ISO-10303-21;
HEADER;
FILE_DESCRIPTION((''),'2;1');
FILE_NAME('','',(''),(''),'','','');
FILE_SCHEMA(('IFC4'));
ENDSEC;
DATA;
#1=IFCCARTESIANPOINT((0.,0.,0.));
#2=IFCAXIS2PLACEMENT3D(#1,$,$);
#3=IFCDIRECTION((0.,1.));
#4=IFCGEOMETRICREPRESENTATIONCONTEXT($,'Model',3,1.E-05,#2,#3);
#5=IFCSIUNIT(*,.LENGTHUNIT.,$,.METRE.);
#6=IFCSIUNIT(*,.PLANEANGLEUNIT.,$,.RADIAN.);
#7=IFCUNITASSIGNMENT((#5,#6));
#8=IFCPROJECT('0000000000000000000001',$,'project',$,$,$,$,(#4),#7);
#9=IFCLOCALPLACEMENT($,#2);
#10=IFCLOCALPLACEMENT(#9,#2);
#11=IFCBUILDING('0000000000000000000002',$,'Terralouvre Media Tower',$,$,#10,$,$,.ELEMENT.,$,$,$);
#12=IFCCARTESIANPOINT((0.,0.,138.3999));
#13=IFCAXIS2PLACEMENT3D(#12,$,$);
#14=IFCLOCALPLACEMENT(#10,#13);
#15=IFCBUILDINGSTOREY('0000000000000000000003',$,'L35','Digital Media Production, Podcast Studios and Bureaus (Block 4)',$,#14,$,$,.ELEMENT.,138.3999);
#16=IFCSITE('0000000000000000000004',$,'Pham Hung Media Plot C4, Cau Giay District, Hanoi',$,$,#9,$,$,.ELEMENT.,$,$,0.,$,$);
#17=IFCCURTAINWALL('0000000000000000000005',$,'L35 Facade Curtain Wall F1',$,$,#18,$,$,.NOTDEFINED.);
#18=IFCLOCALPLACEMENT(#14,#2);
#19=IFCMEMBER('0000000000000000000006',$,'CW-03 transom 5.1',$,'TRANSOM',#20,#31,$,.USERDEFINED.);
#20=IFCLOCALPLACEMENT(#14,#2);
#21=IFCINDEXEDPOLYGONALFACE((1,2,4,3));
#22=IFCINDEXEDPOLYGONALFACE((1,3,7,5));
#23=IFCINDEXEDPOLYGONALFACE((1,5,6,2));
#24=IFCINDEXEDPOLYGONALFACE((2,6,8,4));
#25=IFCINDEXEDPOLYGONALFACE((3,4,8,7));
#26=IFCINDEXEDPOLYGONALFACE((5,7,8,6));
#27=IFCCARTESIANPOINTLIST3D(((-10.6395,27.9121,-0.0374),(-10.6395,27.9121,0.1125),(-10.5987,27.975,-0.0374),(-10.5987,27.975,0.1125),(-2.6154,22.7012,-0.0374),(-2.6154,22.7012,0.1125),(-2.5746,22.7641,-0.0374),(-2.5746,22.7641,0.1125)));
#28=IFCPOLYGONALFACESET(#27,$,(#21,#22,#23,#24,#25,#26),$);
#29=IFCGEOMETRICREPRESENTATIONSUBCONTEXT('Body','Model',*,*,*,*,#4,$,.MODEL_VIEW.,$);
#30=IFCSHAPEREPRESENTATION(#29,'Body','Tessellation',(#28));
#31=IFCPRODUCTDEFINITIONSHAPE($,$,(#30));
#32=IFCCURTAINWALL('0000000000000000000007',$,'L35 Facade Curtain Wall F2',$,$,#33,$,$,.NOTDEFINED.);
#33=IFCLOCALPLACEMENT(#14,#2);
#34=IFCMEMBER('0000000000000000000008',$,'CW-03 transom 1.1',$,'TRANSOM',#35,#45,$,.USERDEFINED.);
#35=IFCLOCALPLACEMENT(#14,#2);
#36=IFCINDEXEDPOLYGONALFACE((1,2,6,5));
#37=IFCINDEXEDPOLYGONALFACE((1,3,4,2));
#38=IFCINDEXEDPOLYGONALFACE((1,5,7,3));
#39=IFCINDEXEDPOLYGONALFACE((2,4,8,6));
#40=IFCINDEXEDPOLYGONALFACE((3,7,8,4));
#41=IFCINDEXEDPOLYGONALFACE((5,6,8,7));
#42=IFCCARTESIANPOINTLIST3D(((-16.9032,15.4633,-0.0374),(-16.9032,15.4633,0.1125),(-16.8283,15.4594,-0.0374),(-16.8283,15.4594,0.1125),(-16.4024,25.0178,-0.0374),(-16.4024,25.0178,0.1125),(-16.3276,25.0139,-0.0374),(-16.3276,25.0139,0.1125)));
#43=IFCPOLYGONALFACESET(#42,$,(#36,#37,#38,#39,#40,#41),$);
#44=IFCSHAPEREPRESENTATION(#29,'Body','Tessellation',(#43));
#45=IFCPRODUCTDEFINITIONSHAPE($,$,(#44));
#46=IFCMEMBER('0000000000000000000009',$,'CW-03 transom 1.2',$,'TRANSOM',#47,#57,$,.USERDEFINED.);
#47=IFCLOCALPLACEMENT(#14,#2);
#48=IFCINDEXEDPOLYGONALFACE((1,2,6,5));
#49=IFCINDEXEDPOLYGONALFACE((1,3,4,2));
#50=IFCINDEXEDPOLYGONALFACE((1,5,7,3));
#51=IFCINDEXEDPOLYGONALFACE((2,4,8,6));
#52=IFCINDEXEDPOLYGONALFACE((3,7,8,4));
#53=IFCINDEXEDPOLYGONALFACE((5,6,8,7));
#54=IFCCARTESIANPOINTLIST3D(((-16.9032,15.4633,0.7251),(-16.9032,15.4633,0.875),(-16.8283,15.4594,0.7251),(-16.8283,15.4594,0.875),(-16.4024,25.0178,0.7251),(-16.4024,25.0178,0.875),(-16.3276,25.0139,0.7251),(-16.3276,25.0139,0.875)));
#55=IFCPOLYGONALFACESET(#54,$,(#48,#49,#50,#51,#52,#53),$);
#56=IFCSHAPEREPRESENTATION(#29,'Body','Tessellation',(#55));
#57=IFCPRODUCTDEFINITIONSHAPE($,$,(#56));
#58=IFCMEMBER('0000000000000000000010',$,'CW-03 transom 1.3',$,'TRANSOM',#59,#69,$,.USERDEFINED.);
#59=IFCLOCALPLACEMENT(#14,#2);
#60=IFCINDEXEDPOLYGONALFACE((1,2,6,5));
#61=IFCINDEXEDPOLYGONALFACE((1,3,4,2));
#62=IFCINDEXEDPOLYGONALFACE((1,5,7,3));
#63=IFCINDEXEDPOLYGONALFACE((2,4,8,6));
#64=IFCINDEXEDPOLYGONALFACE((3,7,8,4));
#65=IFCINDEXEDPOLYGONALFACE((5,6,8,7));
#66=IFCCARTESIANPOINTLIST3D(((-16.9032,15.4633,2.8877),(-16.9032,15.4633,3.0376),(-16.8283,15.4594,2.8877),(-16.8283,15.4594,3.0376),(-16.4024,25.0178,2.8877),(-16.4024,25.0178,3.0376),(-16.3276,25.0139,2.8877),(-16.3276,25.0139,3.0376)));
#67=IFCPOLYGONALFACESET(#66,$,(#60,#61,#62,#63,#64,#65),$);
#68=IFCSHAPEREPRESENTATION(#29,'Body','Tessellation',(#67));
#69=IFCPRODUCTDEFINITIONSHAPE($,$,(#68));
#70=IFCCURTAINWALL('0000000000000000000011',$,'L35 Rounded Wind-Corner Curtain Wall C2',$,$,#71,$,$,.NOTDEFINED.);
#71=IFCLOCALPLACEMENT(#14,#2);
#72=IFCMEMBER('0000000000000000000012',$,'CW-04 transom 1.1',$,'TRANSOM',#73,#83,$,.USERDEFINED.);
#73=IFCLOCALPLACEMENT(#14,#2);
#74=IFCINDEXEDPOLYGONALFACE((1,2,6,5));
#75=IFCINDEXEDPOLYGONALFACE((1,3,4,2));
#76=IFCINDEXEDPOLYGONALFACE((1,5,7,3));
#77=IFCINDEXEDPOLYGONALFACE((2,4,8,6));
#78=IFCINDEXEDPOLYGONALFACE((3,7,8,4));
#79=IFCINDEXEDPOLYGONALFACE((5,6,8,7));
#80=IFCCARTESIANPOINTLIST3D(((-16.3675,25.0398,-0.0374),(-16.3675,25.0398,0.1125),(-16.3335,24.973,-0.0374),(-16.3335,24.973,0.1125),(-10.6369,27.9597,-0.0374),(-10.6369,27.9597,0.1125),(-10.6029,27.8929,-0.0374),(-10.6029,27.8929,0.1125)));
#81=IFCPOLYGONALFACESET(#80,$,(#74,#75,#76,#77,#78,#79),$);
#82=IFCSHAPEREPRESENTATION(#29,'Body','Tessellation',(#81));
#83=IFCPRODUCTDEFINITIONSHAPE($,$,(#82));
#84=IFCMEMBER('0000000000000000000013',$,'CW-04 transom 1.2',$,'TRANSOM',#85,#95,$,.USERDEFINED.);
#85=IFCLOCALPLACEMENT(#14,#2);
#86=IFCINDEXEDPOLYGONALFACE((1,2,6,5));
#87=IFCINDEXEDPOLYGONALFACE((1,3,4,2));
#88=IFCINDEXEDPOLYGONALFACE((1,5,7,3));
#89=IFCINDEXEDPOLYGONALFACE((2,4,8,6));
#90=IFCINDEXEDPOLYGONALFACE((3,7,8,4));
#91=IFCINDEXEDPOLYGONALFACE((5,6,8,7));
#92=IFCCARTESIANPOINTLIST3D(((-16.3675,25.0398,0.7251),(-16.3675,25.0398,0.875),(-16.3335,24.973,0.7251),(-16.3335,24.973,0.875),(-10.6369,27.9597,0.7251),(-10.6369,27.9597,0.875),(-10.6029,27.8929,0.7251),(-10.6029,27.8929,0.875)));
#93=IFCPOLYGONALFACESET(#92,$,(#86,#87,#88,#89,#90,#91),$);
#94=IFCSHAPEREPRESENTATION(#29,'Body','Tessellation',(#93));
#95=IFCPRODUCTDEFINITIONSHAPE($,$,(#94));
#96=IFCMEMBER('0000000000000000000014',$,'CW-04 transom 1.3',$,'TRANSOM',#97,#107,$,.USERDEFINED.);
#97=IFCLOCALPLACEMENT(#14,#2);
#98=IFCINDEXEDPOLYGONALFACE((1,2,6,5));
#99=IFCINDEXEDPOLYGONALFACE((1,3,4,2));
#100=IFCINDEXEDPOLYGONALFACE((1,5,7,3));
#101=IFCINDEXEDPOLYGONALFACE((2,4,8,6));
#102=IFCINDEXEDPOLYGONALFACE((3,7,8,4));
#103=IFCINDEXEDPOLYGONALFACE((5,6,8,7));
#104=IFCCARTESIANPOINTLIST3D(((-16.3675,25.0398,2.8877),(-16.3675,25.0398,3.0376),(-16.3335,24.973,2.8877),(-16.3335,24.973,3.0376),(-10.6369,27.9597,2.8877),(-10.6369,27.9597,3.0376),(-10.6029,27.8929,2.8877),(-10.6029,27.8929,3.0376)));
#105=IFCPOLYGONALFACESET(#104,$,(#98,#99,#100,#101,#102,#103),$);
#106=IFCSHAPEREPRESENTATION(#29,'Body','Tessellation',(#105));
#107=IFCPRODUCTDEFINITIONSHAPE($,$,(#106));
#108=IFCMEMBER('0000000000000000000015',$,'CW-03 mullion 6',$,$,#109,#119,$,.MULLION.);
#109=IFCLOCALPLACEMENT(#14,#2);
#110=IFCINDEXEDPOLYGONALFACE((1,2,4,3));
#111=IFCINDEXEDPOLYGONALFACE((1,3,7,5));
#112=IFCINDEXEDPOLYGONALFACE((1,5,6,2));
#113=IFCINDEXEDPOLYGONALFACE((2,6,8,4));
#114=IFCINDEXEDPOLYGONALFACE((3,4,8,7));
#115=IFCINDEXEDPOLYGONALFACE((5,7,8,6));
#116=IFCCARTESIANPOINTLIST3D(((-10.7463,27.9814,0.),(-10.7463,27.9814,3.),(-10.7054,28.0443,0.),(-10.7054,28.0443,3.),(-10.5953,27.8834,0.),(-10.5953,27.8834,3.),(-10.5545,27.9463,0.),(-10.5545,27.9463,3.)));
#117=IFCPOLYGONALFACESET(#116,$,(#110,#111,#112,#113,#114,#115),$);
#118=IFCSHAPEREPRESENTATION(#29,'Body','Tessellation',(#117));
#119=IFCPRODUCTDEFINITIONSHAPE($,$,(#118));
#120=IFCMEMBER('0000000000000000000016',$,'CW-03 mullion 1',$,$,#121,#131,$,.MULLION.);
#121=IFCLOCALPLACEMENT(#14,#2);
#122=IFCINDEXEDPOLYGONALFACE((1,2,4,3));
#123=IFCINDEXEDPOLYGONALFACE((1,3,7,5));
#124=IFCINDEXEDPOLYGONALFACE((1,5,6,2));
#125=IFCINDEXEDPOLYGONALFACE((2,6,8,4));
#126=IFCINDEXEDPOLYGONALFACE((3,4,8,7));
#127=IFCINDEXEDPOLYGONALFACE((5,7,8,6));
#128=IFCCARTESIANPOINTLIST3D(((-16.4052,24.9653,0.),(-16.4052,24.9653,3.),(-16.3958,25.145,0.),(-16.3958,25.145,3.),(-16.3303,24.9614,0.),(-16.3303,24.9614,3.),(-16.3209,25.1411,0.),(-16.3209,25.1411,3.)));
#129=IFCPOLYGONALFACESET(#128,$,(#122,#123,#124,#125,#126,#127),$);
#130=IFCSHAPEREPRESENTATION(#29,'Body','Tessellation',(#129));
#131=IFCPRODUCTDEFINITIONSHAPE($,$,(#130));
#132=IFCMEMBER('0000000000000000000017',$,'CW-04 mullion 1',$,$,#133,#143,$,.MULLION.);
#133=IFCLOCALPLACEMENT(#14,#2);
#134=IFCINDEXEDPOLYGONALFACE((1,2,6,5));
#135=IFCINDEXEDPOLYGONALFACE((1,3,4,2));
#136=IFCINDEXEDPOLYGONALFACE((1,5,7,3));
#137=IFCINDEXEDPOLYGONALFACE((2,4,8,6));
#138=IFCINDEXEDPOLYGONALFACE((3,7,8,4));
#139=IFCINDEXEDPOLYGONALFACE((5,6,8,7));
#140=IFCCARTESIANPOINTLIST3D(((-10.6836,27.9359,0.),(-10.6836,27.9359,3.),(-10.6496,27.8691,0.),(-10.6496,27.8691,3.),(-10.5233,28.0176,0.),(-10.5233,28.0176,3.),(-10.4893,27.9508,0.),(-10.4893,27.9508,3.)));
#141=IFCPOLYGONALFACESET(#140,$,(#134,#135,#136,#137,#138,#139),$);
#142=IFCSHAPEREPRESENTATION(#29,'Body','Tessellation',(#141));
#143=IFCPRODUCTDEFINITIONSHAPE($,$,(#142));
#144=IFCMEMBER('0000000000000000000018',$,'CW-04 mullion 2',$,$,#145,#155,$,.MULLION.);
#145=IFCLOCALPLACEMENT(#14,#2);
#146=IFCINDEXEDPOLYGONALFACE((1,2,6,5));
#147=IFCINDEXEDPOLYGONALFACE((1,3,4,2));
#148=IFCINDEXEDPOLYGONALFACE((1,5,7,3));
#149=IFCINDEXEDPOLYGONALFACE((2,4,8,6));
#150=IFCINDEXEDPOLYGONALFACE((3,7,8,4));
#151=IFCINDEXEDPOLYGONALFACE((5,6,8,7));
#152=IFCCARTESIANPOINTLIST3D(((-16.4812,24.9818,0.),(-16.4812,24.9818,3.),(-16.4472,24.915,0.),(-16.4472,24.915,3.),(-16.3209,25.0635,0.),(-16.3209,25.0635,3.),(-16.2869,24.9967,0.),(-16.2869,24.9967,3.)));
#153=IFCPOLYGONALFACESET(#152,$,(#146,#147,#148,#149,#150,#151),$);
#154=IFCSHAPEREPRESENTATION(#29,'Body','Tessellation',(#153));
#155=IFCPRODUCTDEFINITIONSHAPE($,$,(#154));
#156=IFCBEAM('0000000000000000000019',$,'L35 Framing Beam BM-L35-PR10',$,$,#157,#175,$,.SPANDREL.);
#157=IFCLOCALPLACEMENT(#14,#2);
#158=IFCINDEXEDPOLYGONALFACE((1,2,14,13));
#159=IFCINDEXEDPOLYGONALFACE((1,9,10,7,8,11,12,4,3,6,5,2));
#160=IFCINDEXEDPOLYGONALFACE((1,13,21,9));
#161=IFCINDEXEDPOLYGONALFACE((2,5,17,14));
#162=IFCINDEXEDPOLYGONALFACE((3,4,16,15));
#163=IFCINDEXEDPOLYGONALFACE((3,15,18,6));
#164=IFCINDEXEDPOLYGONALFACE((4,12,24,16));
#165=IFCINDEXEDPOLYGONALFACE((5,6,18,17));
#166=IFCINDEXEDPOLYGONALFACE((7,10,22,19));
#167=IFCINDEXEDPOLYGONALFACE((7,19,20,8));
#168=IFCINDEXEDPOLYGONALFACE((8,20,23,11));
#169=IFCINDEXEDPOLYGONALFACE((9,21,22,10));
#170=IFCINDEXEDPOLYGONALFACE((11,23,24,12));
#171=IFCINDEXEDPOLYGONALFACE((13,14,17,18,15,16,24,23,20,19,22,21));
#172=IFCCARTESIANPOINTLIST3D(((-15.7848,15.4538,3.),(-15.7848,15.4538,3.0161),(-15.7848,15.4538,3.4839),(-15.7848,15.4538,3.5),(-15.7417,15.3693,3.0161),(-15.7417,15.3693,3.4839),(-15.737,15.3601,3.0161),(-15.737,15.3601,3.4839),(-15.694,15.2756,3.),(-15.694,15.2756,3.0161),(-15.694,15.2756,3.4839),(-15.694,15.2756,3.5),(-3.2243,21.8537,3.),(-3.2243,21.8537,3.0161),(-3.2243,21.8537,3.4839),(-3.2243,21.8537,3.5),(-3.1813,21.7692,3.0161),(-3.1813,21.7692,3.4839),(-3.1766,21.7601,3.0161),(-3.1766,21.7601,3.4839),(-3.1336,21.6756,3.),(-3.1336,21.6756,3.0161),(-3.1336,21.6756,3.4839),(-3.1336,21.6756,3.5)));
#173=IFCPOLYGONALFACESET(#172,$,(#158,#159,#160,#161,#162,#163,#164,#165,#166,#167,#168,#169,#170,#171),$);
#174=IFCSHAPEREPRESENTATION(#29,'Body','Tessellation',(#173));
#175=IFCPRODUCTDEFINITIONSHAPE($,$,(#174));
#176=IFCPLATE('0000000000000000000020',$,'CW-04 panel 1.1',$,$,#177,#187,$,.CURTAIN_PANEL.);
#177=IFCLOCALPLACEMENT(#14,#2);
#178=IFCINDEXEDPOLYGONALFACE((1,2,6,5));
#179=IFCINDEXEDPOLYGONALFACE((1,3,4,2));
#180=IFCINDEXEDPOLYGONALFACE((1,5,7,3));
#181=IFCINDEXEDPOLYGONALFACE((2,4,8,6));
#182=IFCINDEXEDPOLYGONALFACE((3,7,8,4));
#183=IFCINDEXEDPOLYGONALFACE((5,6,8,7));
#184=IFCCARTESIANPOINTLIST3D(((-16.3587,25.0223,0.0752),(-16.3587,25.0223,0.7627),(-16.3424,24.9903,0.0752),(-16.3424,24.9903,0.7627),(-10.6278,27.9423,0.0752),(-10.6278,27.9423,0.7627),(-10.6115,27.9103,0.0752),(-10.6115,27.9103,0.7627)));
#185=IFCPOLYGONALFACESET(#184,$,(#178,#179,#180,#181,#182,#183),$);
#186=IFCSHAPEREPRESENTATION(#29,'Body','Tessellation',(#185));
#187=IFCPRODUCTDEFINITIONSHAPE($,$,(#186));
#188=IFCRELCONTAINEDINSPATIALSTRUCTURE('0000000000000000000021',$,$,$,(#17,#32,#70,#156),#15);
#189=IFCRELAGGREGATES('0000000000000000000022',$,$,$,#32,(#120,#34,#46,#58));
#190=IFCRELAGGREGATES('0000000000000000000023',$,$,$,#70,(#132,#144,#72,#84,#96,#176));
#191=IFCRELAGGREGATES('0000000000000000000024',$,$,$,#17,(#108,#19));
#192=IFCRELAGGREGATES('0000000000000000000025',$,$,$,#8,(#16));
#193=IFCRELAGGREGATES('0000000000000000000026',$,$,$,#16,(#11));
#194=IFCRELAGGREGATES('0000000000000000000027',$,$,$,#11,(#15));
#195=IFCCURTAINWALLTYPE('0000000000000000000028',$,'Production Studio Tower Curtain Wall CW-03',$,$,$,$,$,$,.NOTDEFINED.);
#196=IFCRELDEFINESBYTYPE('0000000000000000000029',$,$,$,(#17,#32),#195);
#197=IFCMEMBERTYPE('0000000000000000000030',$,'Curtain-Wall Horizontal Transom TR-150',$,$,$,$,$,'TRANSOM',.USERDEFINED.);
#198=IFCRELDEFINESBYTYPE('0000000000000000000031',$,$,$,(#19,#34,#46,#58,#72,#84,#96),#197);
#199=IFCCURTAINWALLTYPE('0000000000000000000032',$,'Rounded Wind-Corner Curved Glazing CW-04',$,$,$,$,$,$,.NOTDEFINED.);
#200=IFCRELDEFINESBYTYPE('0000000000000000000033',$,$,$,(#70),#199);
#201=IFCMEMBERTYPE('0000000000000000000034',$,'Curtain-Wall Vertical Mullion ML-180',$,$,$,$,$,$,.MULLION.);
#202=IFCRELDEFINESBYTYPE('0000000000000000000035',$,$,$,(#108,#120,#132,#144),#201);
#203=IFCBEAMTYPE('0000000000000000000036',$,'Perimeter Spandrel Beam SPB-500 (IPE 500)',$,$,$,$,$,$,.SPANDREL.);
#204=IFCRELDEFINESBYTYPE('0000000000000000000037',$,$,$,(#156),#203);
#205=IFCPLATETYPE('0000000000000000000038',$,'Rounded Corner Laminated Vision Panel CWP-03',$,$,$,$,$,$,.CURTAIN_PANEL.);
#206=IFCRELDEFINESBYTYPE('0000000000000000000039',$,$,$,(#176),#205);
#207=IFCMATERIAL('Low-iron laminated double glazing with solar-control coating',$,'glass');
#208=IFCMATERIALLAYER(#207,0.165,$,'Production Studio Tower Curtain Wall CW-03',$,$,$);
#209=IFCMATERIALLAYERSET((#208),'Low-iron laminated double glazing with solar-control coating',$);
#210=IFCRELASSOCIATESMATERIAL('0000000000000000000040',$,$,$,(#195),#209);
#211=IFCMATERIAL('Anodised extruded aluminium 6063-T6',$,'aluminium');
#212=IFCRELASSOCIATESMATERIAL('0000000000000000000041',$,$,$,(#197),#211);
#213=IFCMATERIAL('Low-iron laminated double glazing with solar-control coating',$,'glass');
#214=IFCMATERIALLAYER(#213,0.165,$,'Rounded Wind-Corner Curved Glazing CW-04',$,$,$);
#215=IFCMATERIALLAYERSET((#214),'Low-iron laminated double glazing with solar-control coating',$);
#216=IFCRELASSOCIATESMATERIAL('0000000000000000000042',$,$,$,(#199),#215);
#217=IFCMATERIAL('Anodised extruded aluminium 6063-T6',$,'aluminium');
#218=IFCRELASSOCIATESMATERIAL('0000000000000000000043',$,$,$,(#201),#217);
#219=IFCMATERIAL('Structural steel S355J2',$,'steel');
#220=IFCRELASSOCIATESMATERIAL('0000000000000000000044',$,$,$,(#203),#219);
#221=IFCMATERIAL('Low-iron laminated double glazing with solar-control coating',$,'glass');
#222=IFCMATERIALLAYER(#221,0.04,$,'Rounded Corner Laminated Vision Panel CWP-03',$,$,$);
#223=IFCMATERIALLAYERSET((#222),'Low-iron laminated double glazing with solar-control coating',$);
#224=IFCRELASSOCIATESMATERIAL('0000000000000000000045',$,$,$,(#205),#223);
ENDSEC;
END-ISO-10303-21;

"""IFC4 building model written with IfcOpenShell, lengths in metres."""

from ifc_helpers import new_model, si_unit, direction, frame, origin, origin_2d, place, context, subcontext, project, spatial, rectangle, i_section, extrude, material, layer, layer_set, material_profile, profile_set, type_object, element, aggregate, save


model = new_model("IFC4")

# Units and contexts
model_context = context("Model", 3, precision=1e-05, world=origin(), true_north=direction((0.0, 1.0)))
body_context = subcontext(model_context, "Body", "Model", "MODEL_VIEW")
ifc_project = project(units=[si_unit("LENGTHUNIT", "METRE"), si_unit("PLANEANGLEUNIT", "RADIAN")], contexts=[model_context])

# Site, building, storey
site_placement = place(None, origin())
site = spatial("IfcSite", under=ifc_project, at=site_placement, Name="Pham Hung Media Plot C4, Cau Giay District, Hanoi", CompositionType="ELEMENT", RefElevation=0.0)
building_placement = place(site_placement, origin())
building = spatial("IfcBuilding", under=site, at=building_placement, Name="Terralouvre Media Tower", CompositionType="ELEMENT")
storey_placement = place(building_placement, frame((0.0, 0.0, 138.3999)))
storey = spatial("IfcBuildingStorey", under=building, at=storey_placement, Name="L35", Description="Digital Media Production, Podcast Studios and Bureaus (Block 4)", CompositionType="ELEMENT", Elevation=138.3999)

# Curtain wall, member
ifc_material_1 = material(Name="Low-iron laminated double glazing with solar-control coating", Category="glass")
ifc_layer_1 = layer(ifc_material_1, 0.165, Name="Production Studio Tower Curtain Wall CW-03")
ifc_layer_set_1 = layer_set([ifc_layer_1], Name="Low-iron laminated double glazing with solar-control coating")
curtain_wall_type_1 = type_object("IfcCurtainWallType", Name="Production Studio Tower Curtain Wall CW-03", PredefinedType="NOTDEFINED", material=ifc_layer_set_1)
curtain_wall_1_placement = place(storey_placement, origin())
curtain_wall_1 = element("IfcCurtainWall", 1, at=curtain_wall_1_placement, inside=storey, type_object=curtain_wall_type_1, Name="L35 Facade Curtain Wall F1", PredefinedType="NOTDEFINED")
ifc_material_2 = material(Name="Anodised extruded aluminium 6063-T6", Category="aluminium")
ifc_material_profile_1 = material_profile(ifc_material_2, rectangle(XDim=0.075, YDim=0.1499, at=origin_2d()), Name="ALU 75x150")
ifc_profile_set_1 = profile_set([ifc_material_profile_1], Name="Anodised extruded aluminium 6063-T6")
member_type_1 = type_object("IfcMemberType", Name="Curtain-Wall Horizontal Transom TR-150", ElementType="TRANSOM", PredefinedType="USERDEFINED", material=ifc_profile_set_1)
member_1_placement = place(storey_placement, frame((-2.595, 22.7327, 0.0376), z_axis=(-0.838671, 0.544638, 0.0), x_axis=(-0.544638, -0.838671, 0.0)))
member_1 = element("IfcMember", 2, at=member_1_placement, type_object=member_type_1, Name="CW-03 transom 5.1", ObjectType="TRANSOM", PredefinedType="USERDEFINED", context=body_context, shape_type="SweptSolid", body=[
    extrude(rectangle(XDim=0.075, YDim=0.1499, at=origin_2d()), origin(), (0.0, 0.0, 1.0), 9.5676),
])

# Curtain walls, members
curtain_wall_2_placement = place(storey_placement, origin())
curtain_wall_2 = element("IfcCurtainWall", 3, at=curtain_wall_2_placement, inside=storey, type_object=curtain_wall_type_1, Name="L35 Facade Curtain Wall F2", PredefinedType="NOTDEFINED")
member_2_placement = place(storey_placement, frame((-16.365, 25.0159, 0.0376), z_axis=(-0.052337, -0.99863, 0.0), x_axis=(0.99863, -0.052337, 0.0)))
member_2 = element("IfcMember", 4, at=member_2_placement, type_object=member_type_1, Name="CW-03 transom 1.1", ObjectType="TRANSOM", PredefinedType="USERDEFINED", context=body_context, shape_type="SweptSolid", body=[
    extrude(rectangle(XDim=0.075, YDim=0.1499, at=origin_2d()), origin(), (0.0, 0.0, 1.0), 9.5676),
])
member_3_placement = place(storey_placement, frame((-16.365, 25.0159, 0.8), z_axis=(-0.052337, -0.99863, 0.0), x_axis=(0.99863, -0.052337, 0.0)))
member_3 = element("IfcMember", 5, at=member_3_placement, type_object=member_type_1, Name="CW-03 transom 1.2", ObjectType="TRANSOM", PredefinedType="USERDEFINED", context=body_context, shape_type="SweptSolid", body=[
    extrude(rectangle(XDim=0.075, YDim=0.1499, at=origin_2d()), origin(), (0.0, 0.0, 1.0), 9.5676),
])
member_4_placement = place(storey_placement, frame((-16.365, 25.0159, 2.9626), z_axis=(-0.052337, -0.99863, 0.0), x_axis=(0.99863, -0.052337, 0.0)))
member_4 = element("IfcMember", 6, at=member_4_placement, type_object=member_type_1, Name="CW-03 transom 1.3", ObjectType="TRANSOM", PredefinedType="USERDEFINED", context=body_context, shape_type="SweptSolid", body=[
    extrude(rectangle(XDim=0.075, YDim=0.1499, at=origin_2d()), origin(), (0.0, 0.0, 1.0), 9.5676),
])
ifc_material_3 = material(Name="Low-iron laminated double glazing with solar-control coating", Category="glass")
ifc_layer_2 = layer(ifc_material_3, 0.165, Name="Rounded Wind-Corner Curved Glazing CW-04")
ifc_layer_set_2 = layer_set([ifc_layer_2], Name="Low-iron laminated double glazing with solar-control coating")
curtain_wall_type_2 = type_object("IfcCurtainWallType", Name="Rounded Wind-Corner Curved Glazing CW-04", PredefinedType="NOTDEFINED", material=ifc_layer_set_2)
curtain_wall_3_placement = place(storey_placement, origin())
curtain_wall_3 = element("IfcCurtainWall", 7, at=curtain_wall_3_placement, inside=storey, type_object=curtain_wall_type_2, Name="L35 Rounded Wind-Corner Curtain Wall C2", PredefinedType="NOTDEFINED")
member_5_placement = place(storey_placement, frame((-10.6199, 27.9263, 0.0376), z_axis=(-0.891008, -0.453988, 0.0), x_axis=(0.453988, -0.891008, 0.0)))
member_5 = element("IfcMember", 8, at=member_5_placement, type_object=member_type_1, Name="CW-04 transom 1.1", ObjectType="TRANSOM", PredefinedType="USERDEFINED", context=body_context, shape_type="SweptSolid", body=[
    extrude(rectangle(XDim=0.075, YDim=0.1499, at=origin_2d()), origin(), (0.0, 0.0, 1.0), 6.4316),
])
member_6_placement = place(storey_placement, frame((-10.6199, 27.9263, 0.8), z_axis=(-0.891008, -0.453988, 0.0), x_axis=(0.453988, -0.891008, 0.0)))
member_6 = element("IfcMember", 9, at=member_6_placement, type_object=member_type_1, Name="CW-04 transom 1.2", ObjectType="TRANSOM", PredefinedType="USERDEFINED", context=body_context, shape_type="SweptSolid", body=[
    extrude(rectangle(XDim=0.075, YDim=0.1499, at=origin_2d()), origin(), (0.0, 0.0, 1.0), 6.4316),
])
member_7_placement = place(storey_placement, frame((-10.6199, 27.9263, 2.9626), z_axis=(-0.891008, -0.453988, 0.0), x_axis=(0.453988, -0.891008, 0.0)))
member_7 = element("IfcMember", 10, at=member_7_placement, type_object=member_type_1, Name="CW-04 transom 1.3", ObjectType="TRANSOM", PredefinedType="USERDEFINED", context=body_context, shape_type="SweptSolid", body=[
    extrude(rectangle(XDim=0.075, YDim=0.1499, at=origin_2d()), origin(), (0.0, 0.0, 1.0), 6.4316),
])

# Members
ifc_material_4 = material(Name="Anodised extruded aluminium 6063-T6", Category="aluminium")
ifc_material_profile_2 = material_profile(ifc_material_4, rectangle(XDim=0.075, YDim=0.1799, at=origin_2d()), Name="ALU 75x180")
ifc_profile_set_2 = profile_set([ifc_material_profile_2], Name="Anodised extruded aluminium 6063-T6")
member_type_2 = type_object("IfcMemberType", Name="Curtain-Wall Vertical Mullion ML-180", PredefinedType="MULLION", material=ifc_profile_set_2)
member_8_placement = place(storey_placement, frame((-10.6504, 27.9639, 0.0), z_axis=(0.0, 0.0, 1.0), x_axis=(-0.544639, -0.838671, 0.0)))
member_8 = element("IfcMember", 11, at=member_8_placement, type_object=member_type_2, Name="CW-03 mullion 6", PredefinedType="MULLION", context=body_context, shape_type="SweptSolid", body=[
    extrude(rectangle(XDim=0.075, YDim=0.1799, at=origin_2d()), origin(), (0.0, 0.0, 1.0), 3.0),
])
member_9_placement = place(storey_placement, frame((-16.363, 25.0532, 0.0), z_axis=(0.0, 0.0, 1.0), x_axis=(0.99863, -0.052336, 0.0)))
member_9 = element("IfcMember", 12, at=member_9_placement, type_object=member_type_2, Name="CW-03 mullion 1", PredefinedType="MULLION", context=body_context, shape_type="SweptSolid", body=[
    extrude(rectangle(XDim=0.075, YDim=0.1799, at=origin_2d()), origin(), (0.0, 0.0, 1.0), 3.0),
])
aggregate(curtain_wall_2, [member_9, member_2, member_3, member_4])
member_10_placement = place(storey_placement, frame((-10.5864, 27.9434, 0.0), z_axis=(0.0, 0.0, 1.0), x_axis=(0.45399, -0.891007, 0.0)))
member_10 = element("IfcMember", 13, at=member_10_placement, type_object=member_type_2, Name="CW-04 mullion 1", PredefinedType="MULLION", context=body_context, shape_type="SweptSolid", body=[
    extrude(rectangle(XDim=0.075, YDim=0.1799, at=origin_2d()), origin(), (0.0, 0.0, 1.0), 3.0),
])
member_11_placement = place(storey_placement, frame((-16.384, 24.9893, 0.0), z_axis=(0.0, 0.0, 1.0), x_axis=(0.45399, -0.891007, 0.0)))
member_11 = element("IfcMember", 14, at=member_11_placement, type_object=member_type_2, Name="CW-04 mullion 2", PredefinedType="MULLION", context=body_context, shape_type="SweptSolid", body=[
    extrude(rectangle(XDim=0.075, YDim=0.1799, at=origin_2d()), origin(), (0.0, 0.0, 1.0), 3.0),
])

# Beam
ifc_material_5 = material(Name="Structural steel S355J2", Category="steel")
ifc_material_profile_3 = material_profile(ifc_material_5, i_section(OverallWidth=0.2, OverallDepth=0.5, WebThickness=0.0103, FlangeThickness=0.0161, at=origin_2d()), Name="IPE 500")
ifc_profile_set_3 = profile_set([ifc_material_profile_3], Name="Structural steel S355J2")
beam_type = type_object("IfcBeamType", Name="Perimeter Spandrel Beam SPB-500 (IPE 500)", PredefinedType="SPANDREL", material=ifc_profile_set_3)
beam_placement = place(storey_placement, frame((-3.179, 21.7646, 3.25), z_axis=(-0.891003, -0.453997, 0.0), x_axis=(0.453997, -0.891003, 0.0)))
element("IfcBeam", 15, at=beam_placement, inside=storey, type_object=beam_type, Name="L35 Framing Beam BM-L35-PR10", PredefinedType="SPANDREL", context=body_context, shape_type="SweptSolid", body=[
    extrude(i_section(OverallWidth=0.2, OverallDepth=0.5, WebThickness=0.0103, FlangeThickness=0.0161, at=origin_2d()), origin(), (0.0, 0.0, 1.0), 14.0969),
])

# Plate
ifc_material_6 = material(Name="Low-iron laminated double glazing with solar-control coating", Category="glass")
ifc_layer_3 = layer(ifc_material_6, 0.04, Name="Rounded Corner Laminated Vision Panel CWP-03")
ifc_layer_set_3 = layer_set([ifc_layer_3], Name="Low-iron laminated double glazing with solar-control coating")
plate_type_1 = type_object("IfcPlateType", Name="Rounded Corner Laminated Vision Panel CWP-03", PredefinedType="CURTAIN_PANEL", material=ifc_layer_set_3)
plate_1_placement = place(storey_placement, frame((-13.4851, 26.4663, 0.0752), z_axis=(0.0, 0.0, 1.0), x_axis=(-0.891007, -0.45399, 0.0)))
plate_1 = element("IfcPlate", 16, at=plate_1_placement, type_object=plate_type_1, Name="CW-04 panel 1.1", PredefinedType="CURTAIN_PANEL", context=body_context, shape_type="SweptSolid", body=[
    extrude(rectangle(XDim=6.4319, YDim=0.0359, at=origin_2d()), origin(), (0.0, 0.0, 1.0), 0.6875),
])
aggregate(curtain_wall_3, [member_10, member_11, member_5, member_6, member_7, plate_1])
aggregate(curtain_wall_1, [member_8, member_1])

save(model, "model.ifc")
